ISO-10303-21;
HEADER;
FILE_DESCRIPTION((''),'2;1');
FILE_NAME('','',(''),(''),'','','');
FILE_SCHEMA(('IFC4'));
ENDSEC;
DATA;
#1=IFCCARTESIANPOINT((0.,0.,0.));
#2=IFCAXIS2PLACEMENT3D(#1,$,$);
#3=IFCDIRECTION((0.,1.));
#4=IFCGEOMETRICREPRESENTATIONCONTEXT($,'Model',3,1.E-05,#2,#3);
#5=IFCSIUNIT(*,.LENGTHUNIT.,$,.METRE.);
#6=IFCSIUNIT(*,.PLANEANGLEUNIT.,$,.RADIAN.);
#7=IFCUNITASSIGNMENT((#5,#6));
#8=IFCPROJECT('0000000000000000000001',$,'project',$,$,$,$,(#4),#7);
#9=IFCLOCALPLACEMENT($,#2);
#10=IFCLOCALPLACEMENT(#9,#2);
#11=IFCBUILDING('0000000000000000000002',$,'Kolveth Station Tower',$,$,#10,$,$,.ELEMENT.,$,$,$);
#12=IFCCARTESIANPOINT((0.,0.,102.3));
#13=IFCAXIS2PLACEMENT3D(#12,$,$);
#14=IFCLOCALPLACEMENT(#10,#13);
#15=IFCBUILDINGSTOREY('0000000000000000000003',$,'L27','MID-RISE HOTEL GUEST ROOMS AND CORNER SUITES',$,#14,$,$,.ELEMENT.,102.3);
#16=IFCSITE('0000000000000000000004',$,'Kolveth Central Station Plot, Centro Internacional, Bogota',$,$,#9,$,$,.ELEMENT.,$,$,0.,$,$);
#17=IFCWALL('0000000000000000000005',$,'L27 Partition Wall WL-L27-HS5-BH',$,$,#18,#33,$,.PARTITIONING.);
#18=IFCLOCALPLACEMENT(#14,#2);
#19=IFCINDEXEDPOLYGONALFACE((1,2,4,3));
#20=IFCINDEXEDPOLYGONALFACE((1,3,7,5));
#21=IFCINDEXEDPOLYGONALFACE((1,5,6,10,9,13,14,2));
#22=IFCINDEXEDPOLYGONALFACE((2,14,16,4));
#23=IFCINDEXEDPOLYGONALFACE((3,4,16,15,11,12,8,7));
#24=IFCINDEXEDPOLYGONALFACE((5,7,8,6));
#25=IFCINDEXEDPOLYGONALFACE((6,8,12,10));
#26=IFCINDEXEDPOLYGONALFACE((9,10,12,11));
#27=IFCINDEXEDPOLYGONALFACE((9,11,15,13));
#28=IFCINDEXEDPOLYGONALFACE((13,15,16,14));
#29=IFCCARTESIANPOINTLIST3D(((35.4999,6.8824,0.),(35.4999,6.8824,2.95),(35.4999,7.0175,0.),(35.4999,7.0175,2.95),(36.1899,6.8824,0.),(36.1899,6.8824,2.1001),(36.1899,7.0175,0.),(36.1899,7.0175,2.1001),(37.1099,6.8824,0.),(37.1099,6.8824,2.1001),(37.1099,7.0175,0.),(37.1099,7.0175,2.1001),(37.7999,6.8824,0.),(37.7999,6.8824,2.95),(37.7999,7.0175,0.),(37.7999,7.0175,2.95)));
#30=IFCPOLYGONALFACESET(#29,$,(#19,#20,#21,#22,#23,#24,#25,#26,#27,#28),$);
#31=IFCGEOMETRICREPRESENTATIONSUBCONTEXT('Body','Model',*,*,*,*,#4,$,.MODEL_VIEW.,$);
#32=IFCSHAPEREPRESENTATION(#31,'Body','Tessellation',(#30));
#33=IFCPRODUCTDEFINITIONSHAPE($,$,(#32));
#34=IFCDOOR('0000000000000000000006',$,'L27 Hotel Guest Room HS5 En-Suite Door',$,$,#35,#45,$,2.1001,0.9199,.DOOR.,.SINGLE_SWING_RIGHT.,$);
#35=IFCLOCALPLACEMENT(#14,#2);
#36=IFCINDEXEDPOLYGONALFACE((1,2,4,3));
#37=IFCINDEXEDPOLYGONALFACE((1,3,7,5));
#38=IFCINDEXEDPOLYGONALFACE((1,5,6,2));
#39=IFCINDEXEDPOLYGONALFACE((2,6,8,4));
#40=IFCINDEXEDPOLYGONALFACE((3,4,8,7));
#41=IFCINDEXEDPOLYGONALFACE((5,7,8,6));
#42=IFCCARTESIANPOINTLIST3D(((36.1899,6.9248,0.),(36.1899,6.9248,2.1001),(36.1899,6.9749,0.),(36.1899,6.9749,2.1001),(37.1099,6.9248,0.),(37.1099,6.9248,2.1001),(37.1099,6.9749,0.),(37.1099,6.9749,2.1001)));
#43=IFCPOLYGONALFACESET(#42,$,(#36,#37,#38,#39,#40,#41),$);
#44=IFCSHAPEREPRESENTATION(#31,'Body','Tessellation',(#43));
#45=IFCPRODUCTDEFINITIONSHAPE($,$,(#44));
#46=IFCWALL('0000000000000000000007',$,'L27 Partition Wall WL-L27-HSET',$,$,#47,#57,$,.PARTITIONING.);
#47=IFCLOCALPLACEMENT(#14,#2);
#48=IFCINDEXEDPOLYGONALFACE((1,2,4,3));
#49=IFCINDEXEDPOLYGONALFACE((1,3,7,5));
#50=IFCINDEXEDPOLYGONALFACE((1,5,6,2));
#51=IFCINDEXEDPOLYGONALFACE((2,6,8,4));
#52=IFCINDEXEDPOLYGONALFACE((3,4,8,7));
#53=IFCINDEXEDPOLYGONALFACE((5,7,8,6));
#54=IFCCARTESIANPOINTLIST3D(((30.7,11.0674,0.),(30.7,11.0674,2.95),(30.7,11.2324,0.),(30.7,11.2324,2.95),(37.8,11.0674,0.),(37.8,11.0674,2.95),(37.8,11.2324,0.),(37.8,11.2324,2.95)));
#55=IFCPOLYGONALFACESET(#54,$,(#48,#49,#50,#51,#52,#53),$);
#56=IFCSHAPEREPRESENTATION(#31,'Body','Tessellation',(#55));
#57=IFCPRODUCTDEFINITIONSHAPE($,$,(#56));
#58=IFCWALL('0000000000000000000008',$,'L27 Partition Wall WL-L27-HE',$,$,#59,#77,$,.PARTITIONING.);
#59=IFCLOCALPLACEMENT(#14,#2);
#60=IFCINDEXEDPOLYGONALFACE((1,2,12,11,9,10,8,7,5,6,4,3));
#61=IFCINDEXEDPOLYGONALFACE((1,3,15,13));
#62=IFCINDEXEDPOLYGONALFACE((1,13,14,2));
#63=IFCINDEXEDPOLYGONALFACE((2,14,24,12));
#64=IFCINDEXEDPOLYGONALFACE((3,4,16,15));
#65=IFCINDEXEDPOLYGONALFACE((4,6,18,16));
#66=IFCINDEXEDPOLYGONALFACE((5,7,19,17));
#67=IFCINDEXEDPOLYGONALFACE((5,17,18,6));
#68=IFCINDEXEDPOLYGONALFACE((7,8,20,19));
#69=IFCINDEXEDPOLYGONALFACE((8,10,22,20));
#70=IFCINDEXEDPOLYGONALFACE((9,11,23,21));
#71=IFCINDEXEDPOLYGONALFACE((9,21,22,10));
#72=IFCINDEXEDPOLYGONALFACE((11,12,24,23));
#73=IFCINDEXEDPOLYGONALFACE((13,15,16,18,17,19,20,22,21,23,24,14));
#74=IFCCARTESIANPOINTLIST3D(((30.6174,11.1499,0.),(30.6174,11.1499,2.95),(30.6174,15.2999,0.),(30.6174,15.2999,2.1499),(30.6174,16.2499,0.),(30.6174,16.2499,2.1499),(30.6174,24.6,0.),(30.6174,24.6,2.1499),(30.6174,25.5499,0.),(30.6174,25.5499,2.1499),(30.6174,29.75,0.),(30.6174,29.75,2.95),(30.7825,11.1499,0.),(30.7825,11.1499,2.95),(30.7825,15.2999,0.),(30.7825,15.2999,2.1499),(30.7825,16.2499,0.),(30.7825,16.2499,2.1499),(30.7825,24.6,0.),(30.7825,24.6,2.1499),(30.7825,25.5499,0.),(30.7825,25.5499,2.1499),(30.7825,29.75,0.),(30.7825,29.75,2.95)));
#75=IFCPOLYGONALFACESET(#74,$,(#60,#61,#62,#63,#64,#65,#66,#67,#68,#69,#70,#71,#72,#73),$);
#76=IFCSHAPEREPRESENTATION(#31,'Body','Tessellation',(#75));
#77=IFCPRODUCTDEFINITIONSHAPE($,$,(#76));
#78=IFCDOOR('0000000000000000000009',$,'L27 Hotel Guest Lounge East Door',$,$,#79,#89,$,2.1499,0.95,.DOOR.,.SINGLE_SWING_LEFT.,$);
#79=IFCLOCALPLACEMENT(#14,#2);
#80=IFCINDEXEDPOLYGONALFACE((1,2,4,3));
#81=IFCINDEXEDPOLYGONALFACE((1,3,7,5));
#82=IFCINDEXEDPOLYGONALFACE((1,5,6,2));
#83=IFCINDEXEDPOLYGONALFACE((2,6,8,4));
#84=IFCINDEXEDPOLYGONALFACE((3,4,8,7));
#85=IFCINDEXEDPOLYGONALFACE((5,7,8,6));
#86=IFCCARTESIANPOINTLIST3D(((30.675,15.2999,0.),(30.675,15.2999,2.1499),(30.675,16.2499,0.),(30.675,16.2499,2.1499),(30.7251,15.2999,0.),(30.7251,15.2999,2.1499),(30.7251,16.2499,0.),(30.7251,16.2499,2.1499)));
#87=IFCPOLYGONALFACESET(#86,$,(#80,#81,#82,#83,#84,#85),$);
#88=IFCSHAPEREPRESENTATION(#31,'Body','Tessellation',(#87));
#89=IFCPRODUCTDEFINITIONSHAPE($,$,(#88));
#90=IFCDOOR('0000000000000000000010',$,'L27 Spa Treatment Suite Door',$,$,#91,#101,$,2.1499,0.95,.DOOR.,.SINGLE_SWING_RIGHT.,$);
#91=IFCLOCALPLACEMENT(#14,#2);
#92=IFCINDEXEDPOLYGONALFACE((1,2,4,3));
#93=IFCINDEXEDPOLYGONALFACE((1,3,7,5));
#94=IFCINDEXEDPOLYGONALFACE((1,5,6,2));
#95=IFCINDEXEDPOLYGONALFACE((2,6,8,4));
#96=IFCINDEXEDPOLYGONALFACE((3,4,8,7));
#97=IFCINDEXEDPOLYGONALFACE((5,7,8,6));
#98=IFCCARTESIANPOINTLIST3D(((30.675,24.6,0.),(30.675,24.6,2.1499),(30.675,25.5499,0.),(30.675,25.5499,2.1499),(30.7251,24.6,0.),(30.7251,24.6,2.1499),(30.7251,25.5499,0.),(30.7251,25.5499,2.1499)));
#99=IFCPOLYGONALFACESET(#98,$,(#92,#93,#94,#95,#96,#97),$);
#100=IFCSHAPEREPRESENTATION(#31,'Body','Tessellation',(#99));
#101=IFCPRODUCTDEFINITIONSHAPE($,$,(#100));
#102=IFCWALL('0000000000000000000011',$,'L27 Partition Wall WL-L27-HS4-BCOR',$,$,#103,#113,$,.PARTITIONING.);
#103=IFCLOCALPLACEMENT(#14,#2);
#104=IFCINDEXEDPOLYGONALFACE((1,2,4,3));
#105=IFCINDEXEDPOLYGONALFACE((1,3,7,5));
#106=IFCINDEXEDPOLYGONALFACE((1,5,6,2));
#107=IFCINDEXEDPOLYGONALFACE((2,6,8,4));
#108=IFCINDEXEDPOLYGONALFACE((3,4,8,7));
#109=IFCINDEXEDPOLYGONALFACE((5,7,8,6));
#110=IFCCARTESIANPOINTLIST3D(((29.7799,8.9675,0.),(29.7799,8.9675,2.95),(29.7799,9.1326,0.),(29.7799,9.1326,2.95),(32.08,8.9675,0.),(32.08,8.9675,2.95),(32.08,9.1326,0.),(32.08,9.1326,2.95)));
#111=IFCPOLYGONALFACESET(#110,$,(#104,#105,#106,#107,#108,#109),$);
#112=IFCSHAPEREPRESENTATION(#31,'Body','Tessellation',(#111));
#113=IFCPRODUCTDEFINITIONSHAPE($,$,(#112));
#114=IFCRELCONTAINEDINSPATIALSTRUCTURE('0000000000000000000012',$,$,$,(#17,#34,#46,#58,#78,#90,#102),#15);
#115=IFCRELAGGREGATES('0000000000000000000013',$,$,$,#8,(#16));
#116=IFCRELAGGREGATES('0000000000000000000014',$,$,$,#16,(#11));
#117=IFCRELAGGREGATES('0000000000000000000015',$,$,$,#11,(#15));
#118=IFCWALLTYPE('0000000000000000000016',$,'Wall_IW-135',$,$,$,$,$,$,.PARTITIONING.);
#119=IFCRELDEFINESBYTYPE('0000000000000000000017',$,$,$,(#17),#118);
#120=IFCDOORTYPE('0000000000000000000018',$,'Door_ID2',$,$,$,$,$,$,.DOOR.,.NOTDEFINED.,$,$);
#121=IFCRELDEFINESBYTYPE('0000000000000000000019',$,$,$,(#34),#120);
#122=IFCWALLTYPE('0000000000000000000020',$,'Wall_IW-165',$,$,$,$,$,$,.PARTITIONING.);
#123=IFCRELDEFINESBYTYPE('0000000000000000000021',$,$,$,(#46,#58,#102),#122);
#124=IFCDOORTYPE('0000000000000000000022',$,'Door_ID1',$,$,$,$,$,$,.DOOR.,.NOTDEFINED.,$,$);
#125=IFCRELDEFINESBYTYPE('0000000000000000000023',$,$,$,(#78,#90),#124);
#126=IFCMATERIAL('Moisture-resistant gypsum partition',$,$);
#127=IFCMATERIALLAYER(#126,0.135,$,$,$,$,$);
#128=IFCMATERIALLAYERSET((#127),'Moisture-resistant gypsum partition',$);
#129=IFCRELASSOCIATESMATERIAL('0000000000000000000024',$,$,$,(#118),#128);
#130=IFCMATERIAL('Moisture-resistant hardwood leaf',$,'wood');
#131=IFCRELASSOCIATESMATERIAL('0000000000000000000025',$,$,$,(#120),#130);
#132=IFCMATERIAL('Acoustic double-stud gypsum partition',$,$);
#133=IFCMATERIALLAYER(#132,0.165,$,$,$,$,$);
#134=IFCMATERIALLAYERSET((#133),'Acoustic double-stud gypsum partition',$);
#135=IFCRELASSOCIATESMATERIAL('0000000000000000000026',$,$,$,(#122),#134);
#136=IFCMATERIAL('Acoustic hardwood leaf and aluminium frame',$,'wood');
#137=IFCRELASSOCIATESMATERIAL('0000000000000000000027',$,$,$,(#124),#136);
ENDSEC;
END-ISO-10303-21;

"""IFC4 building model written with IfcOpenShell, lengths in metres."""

from ifc_helpers import new_model, si_unit, direction, frame, frame_2d, origin, place, context, subcontext, project, spatial, rectangle, extrude, material, layer, layer_set, type_object, element, fill, save


model = new_model("IFC4")

# Units and contexts
model_context = context("Model", 3, precision=1e-05, world=origin(), true_north=direction((0.0, 1.0)))
body_context = subcontext(model_context, "Body", "Model", "MODEL_VIEW")
ifc_project = project(units=[si_unit("LENGTHUNIT", "METRE"), si_unit("PLANEANGLEUNIT", "RADIAN")], contexts=[model_context])

# Site, building, storey
site_placement = place(None, origin())
site = spatial("IfcSite", under=ifc_project, at=site_placement, Name="Kolveth Central Station Plot, Centro Internacional, Bogota", CompositionType="ELEMENT", RefElevation=0.0)
building_placement = place(site_placement, origin())
building = spatial("IfcBuilding", under=site, at=building_placement, Name="Kolveth Station Tower", CompositionType="ELEMENT")
storey_placement = place(building_placement, frame((0.0, 0.0, 102.3)))
storey = spatial("IfcBuildingStorey", under=building, at=storey_placement, Name="L27", Description="MID-RISE HOTEL GUEST ROOMS AND CORNER SUITES", CompositionType="ELEMENT", Elevation=102.3)

# Shared definitions
ifc_material_1 = material(Name="Moisture-resistant gypsum partition")
ifc_layer_1 = layer(ifc_material_1, 0.135)
ifc_layer_set_1 = layer_set([ifc_layer_1], Name="Moisture-resistant gypsum partition")
wall_type_1 = type_object("IfcWallType", Name="Wall_IW-135", PredefinedType="PARTITIONING", material=ifc_layer_set_1)

# Wall, opening, door
wall_1_placement = place(storey_placement, frame((35.5, 6.95, 0.0), z_axis=(0.0, 0.0, 1.0), x_axis=(1.0, 0.0, 0.0)))
wall_1 = element("IfcWall", 1, at=wall_1_placement, inside=storey, type_object=wall_type_1, Name="L27 Partition Wall WL-L27-HS5-BH", PredefinedType="PARTITIONING", context=body_context, shape_type="SweptSolid", body=[
    extrude(rectangle(XDim=2.3, YDim=0.135, at=frame_2d((1.1499, 0.0))), origin(), (0.0, 0.0, 1.0), 2.95),
])
opening_1_placement = place(wall_1_placement, frame((0.6899, 0.0, 0.0)))
opening_1 = element("IfcOpeningElement", 2, at=opening_1_placement, cuts=wall_1, PredefinedType="OPENING", context=body_context, shape_type="SweptSolid", body=[
    extrude(rectangle(XDim=0.9199, YDim=2.1001, at=frame_2d((0.46, 1.05))), frame((0.0, 0.0774, 0.0), z_axis=(0.0, -1.0, 0.0), x_axis=(1.0, 0.0, 0.0)), (0.0, 0.0, 1.0), 0.155),
])
ifc_material_2 = material(Name="Moisture-resistant hardwood leaf", Category="wood")
door_type_1 = type_object("IfcDoorType", Name="Door_ID2", OperationType="NOTDEFINED", PredefinedType="DOOR", material=ifc_material_2)
door_1_placement = place(opening_1_placement, origin())
door_1 = element("IfcDoor", 3, at=door_1_placement, inside=storey, type_object=door_type_1, Name="L27 Hotel Guest Room HS5 En-Suite Door", OperationType="SINGLE_SWING_RIGHT", OverallHeight=2.1001, OverallWidth=0.9199, PredefinedType="DOOR", context=body_context, shape_type="SweptSolid", body=[
    extrude(rectangle(XDim=0.9199, YDim=2.1001, at=frame_2d((0.46, 1.05))), frame((0.0, 0.0249, 0.0), z_axis=(0.0, -1.0, 0.0), x_axis=(1.0, 0.0, 0.0)), (0.0, 0.0, 1.0), 0.05),
])
fill(opening_1, door_1)

# Wall
ifc_material_3 = material(Name="Acoustic double-stud gypsum partition")
ifc_layer_2 = layer(ifc_material_3, 0.165)
ifc_layer_set_2 = layer_set([ifc_layer_2], Name="Acoustic double-stud gypsum partition")
wall_type_2 = type_object("IfcWallType", Name="Wall_IW-165", PredefinedType="PARTITIONING", material=ifc_layer_set_2)
wall_2_placement = place(storey_placement, frame((30.7, 11.1499, 0.0), z_axis=(0.0, 0.0, 1.0), x_axis=(1.0, 0.0, 0.0)))
element("IfcWall", 4, at=wall_2_placement, inside=storey, type_object=wall_type_2, Name="L27 Partition Wall WL-L27-HSET", PredefinedType="PARTITIONING", context=body_context, shape_type="SweptSolid", body=[
    extrude(rectangle(XDim=7.1001, YDim=0.165, at=frame_2d((3.55, 0.0))), origin(), (0.0, 0.0, 1.0), 2.95),
])

# Wall, openings, doors
wall_3_placement = place(storey_placement, frame((30.7, 11.1499, 0.0), z_axis=(0.0, 0.0, 1.0), x_axis=(0.0, 1.0, 0.0)))
wall_3 = element("IfcWall", 5, at=wall_3_placement, inside=storey, type_object=wall_type_2, Name="L27 Partition Wall WL-L27-HE", PredefinedType="PARTITIONING", context=body_context, shape_type="SweptSolid", body=[
    extrude(rectangle(XDim=18.6001, YDim=0.165, at=frame_2d((9.3, 0.0))), origin(), (0.0, 0.0, 1.0), 2.95),
])
opening_2_placement = place(wall_3_placement, frame((4.1499, 0.0, 0.0)))
opening_2 = element("IfcOpeningElement", 6, at=opening_2_placement, cuts=wall_3, PredefinedType="OPENING", context=body_context, shape_type="SweptSolid", body=[
    extrude(rectangle(XDim=0.95, YDim=2.1499, at=frame_2d((0.4751, 1.075))), frame((0.0, 0.0925, 0.0), z_axis=(0.0, -1.0, 0.0), x_axis=(1.0, 0.0, 0.0)), (0.0, 0.0, 1.0), 0.1851),
])
opening_3_placement = place(wall_3_placement, frame((13.45, 0.0, 0.0)))
opening_3 = element("IfcOpeningElement", 7, at=opening_3_placement, cuts=wall_3, PredefinedType="OPENING", context=body_context, shape_type="SweptSolid", body=[
    extrude(rectangle(XDim=0.95, YDim=2.1499, at=frame_2d((0.4751, 1.075))), frame((0.0, 0.0925, 0.0), z_axis=(0.0, -1.0, 0.0), x_axis=(1.0, 0.0, 0.0)), (0.0, 0.0, 1.0), 0.1851),
])
ifc_material_4 = material(Name="Acoustic hardwood leaf and aluminium frame", Category="wood")
door_type_2 = type_object("IfcDoorType", Name="Door_ID1", OperationType="NOTDEFINED", PredefinedType="DOOR", material=ifc_material_4)
door_2_placement = place(opening_2_placement, origin())
door_2 = element("IfcDoor", 8, at=door_2_placement, inside=storey, type_object=door_type_2, Name="L27 Hotel Guest Lounge East Door", OperationType="SINGLE_SWING_LEFT", OverallHeight=2.1499, OverallWidth=0.95, PredefinedType="DOOR", context=body_context, shape_type="SweptSolid", body=[
    extrude(rectangle(XDim=0.95, YDim=2.1499, at=frame_2d((0.4751, 1.075))), frame((0.0, 0.0249, 0.0), z_axis=(0.0, -1.0, 0.0), x_axis=(1.0, 0.0, 0.0)), (0.0, 0.0, 1.0), 0.05),
])
fill(opening_2, door_2)
door_3_placement = place(opening_3_placement, origin())
door_3 = element("IfcDoor", 9, at=door_3_placement, inside=storey, type_object=door_type_2, Name="L27 Spa Treatment Suite Door", OperationType="SINGLE_SWING_RIGHT", OverallHeight=2.1499, OverallWidth=0.95, PredefinedType="DOOR", context=body_context, shape_type="SweptSolid", body=[
    extrude(rectangle(XDim=0.95, YDim=2.1499, at=frame_2d((0.4751, 1.075))), frame((0.0, 0.0249, 0.0), z_axis=(0.0, -1.0, 0.0), x_axis=(1.0, 0.0, 0.0)), (0.0, 0.0, 1.0), 0.05),
])
fill(opening_3, door_3)

# Wall
wall_4_placement = place(storey_placement, frame((29.78, 9.05, 0.0), z_axis=(0.0, 0.0, 1.0), x_axis=(1.0, 0.0, 0.0)))
element("IfcWall", 10, at=wall_4_placement, inside=storey, type_object=wall_type_2, Name="L27 Partition Wall WL-L27-HS4-BCOR", PredefinedType="PARTITIONING", context=body_context, shape_type="SweptSolid", body=[
    extrude(rectangle(XDim=2.3, YDim=0.165, at=frame_2d((1.1499, 0.0))), origin(), (0.0, 0.0, 1.0), 2.95),
])

save(model, "model.ifc")
